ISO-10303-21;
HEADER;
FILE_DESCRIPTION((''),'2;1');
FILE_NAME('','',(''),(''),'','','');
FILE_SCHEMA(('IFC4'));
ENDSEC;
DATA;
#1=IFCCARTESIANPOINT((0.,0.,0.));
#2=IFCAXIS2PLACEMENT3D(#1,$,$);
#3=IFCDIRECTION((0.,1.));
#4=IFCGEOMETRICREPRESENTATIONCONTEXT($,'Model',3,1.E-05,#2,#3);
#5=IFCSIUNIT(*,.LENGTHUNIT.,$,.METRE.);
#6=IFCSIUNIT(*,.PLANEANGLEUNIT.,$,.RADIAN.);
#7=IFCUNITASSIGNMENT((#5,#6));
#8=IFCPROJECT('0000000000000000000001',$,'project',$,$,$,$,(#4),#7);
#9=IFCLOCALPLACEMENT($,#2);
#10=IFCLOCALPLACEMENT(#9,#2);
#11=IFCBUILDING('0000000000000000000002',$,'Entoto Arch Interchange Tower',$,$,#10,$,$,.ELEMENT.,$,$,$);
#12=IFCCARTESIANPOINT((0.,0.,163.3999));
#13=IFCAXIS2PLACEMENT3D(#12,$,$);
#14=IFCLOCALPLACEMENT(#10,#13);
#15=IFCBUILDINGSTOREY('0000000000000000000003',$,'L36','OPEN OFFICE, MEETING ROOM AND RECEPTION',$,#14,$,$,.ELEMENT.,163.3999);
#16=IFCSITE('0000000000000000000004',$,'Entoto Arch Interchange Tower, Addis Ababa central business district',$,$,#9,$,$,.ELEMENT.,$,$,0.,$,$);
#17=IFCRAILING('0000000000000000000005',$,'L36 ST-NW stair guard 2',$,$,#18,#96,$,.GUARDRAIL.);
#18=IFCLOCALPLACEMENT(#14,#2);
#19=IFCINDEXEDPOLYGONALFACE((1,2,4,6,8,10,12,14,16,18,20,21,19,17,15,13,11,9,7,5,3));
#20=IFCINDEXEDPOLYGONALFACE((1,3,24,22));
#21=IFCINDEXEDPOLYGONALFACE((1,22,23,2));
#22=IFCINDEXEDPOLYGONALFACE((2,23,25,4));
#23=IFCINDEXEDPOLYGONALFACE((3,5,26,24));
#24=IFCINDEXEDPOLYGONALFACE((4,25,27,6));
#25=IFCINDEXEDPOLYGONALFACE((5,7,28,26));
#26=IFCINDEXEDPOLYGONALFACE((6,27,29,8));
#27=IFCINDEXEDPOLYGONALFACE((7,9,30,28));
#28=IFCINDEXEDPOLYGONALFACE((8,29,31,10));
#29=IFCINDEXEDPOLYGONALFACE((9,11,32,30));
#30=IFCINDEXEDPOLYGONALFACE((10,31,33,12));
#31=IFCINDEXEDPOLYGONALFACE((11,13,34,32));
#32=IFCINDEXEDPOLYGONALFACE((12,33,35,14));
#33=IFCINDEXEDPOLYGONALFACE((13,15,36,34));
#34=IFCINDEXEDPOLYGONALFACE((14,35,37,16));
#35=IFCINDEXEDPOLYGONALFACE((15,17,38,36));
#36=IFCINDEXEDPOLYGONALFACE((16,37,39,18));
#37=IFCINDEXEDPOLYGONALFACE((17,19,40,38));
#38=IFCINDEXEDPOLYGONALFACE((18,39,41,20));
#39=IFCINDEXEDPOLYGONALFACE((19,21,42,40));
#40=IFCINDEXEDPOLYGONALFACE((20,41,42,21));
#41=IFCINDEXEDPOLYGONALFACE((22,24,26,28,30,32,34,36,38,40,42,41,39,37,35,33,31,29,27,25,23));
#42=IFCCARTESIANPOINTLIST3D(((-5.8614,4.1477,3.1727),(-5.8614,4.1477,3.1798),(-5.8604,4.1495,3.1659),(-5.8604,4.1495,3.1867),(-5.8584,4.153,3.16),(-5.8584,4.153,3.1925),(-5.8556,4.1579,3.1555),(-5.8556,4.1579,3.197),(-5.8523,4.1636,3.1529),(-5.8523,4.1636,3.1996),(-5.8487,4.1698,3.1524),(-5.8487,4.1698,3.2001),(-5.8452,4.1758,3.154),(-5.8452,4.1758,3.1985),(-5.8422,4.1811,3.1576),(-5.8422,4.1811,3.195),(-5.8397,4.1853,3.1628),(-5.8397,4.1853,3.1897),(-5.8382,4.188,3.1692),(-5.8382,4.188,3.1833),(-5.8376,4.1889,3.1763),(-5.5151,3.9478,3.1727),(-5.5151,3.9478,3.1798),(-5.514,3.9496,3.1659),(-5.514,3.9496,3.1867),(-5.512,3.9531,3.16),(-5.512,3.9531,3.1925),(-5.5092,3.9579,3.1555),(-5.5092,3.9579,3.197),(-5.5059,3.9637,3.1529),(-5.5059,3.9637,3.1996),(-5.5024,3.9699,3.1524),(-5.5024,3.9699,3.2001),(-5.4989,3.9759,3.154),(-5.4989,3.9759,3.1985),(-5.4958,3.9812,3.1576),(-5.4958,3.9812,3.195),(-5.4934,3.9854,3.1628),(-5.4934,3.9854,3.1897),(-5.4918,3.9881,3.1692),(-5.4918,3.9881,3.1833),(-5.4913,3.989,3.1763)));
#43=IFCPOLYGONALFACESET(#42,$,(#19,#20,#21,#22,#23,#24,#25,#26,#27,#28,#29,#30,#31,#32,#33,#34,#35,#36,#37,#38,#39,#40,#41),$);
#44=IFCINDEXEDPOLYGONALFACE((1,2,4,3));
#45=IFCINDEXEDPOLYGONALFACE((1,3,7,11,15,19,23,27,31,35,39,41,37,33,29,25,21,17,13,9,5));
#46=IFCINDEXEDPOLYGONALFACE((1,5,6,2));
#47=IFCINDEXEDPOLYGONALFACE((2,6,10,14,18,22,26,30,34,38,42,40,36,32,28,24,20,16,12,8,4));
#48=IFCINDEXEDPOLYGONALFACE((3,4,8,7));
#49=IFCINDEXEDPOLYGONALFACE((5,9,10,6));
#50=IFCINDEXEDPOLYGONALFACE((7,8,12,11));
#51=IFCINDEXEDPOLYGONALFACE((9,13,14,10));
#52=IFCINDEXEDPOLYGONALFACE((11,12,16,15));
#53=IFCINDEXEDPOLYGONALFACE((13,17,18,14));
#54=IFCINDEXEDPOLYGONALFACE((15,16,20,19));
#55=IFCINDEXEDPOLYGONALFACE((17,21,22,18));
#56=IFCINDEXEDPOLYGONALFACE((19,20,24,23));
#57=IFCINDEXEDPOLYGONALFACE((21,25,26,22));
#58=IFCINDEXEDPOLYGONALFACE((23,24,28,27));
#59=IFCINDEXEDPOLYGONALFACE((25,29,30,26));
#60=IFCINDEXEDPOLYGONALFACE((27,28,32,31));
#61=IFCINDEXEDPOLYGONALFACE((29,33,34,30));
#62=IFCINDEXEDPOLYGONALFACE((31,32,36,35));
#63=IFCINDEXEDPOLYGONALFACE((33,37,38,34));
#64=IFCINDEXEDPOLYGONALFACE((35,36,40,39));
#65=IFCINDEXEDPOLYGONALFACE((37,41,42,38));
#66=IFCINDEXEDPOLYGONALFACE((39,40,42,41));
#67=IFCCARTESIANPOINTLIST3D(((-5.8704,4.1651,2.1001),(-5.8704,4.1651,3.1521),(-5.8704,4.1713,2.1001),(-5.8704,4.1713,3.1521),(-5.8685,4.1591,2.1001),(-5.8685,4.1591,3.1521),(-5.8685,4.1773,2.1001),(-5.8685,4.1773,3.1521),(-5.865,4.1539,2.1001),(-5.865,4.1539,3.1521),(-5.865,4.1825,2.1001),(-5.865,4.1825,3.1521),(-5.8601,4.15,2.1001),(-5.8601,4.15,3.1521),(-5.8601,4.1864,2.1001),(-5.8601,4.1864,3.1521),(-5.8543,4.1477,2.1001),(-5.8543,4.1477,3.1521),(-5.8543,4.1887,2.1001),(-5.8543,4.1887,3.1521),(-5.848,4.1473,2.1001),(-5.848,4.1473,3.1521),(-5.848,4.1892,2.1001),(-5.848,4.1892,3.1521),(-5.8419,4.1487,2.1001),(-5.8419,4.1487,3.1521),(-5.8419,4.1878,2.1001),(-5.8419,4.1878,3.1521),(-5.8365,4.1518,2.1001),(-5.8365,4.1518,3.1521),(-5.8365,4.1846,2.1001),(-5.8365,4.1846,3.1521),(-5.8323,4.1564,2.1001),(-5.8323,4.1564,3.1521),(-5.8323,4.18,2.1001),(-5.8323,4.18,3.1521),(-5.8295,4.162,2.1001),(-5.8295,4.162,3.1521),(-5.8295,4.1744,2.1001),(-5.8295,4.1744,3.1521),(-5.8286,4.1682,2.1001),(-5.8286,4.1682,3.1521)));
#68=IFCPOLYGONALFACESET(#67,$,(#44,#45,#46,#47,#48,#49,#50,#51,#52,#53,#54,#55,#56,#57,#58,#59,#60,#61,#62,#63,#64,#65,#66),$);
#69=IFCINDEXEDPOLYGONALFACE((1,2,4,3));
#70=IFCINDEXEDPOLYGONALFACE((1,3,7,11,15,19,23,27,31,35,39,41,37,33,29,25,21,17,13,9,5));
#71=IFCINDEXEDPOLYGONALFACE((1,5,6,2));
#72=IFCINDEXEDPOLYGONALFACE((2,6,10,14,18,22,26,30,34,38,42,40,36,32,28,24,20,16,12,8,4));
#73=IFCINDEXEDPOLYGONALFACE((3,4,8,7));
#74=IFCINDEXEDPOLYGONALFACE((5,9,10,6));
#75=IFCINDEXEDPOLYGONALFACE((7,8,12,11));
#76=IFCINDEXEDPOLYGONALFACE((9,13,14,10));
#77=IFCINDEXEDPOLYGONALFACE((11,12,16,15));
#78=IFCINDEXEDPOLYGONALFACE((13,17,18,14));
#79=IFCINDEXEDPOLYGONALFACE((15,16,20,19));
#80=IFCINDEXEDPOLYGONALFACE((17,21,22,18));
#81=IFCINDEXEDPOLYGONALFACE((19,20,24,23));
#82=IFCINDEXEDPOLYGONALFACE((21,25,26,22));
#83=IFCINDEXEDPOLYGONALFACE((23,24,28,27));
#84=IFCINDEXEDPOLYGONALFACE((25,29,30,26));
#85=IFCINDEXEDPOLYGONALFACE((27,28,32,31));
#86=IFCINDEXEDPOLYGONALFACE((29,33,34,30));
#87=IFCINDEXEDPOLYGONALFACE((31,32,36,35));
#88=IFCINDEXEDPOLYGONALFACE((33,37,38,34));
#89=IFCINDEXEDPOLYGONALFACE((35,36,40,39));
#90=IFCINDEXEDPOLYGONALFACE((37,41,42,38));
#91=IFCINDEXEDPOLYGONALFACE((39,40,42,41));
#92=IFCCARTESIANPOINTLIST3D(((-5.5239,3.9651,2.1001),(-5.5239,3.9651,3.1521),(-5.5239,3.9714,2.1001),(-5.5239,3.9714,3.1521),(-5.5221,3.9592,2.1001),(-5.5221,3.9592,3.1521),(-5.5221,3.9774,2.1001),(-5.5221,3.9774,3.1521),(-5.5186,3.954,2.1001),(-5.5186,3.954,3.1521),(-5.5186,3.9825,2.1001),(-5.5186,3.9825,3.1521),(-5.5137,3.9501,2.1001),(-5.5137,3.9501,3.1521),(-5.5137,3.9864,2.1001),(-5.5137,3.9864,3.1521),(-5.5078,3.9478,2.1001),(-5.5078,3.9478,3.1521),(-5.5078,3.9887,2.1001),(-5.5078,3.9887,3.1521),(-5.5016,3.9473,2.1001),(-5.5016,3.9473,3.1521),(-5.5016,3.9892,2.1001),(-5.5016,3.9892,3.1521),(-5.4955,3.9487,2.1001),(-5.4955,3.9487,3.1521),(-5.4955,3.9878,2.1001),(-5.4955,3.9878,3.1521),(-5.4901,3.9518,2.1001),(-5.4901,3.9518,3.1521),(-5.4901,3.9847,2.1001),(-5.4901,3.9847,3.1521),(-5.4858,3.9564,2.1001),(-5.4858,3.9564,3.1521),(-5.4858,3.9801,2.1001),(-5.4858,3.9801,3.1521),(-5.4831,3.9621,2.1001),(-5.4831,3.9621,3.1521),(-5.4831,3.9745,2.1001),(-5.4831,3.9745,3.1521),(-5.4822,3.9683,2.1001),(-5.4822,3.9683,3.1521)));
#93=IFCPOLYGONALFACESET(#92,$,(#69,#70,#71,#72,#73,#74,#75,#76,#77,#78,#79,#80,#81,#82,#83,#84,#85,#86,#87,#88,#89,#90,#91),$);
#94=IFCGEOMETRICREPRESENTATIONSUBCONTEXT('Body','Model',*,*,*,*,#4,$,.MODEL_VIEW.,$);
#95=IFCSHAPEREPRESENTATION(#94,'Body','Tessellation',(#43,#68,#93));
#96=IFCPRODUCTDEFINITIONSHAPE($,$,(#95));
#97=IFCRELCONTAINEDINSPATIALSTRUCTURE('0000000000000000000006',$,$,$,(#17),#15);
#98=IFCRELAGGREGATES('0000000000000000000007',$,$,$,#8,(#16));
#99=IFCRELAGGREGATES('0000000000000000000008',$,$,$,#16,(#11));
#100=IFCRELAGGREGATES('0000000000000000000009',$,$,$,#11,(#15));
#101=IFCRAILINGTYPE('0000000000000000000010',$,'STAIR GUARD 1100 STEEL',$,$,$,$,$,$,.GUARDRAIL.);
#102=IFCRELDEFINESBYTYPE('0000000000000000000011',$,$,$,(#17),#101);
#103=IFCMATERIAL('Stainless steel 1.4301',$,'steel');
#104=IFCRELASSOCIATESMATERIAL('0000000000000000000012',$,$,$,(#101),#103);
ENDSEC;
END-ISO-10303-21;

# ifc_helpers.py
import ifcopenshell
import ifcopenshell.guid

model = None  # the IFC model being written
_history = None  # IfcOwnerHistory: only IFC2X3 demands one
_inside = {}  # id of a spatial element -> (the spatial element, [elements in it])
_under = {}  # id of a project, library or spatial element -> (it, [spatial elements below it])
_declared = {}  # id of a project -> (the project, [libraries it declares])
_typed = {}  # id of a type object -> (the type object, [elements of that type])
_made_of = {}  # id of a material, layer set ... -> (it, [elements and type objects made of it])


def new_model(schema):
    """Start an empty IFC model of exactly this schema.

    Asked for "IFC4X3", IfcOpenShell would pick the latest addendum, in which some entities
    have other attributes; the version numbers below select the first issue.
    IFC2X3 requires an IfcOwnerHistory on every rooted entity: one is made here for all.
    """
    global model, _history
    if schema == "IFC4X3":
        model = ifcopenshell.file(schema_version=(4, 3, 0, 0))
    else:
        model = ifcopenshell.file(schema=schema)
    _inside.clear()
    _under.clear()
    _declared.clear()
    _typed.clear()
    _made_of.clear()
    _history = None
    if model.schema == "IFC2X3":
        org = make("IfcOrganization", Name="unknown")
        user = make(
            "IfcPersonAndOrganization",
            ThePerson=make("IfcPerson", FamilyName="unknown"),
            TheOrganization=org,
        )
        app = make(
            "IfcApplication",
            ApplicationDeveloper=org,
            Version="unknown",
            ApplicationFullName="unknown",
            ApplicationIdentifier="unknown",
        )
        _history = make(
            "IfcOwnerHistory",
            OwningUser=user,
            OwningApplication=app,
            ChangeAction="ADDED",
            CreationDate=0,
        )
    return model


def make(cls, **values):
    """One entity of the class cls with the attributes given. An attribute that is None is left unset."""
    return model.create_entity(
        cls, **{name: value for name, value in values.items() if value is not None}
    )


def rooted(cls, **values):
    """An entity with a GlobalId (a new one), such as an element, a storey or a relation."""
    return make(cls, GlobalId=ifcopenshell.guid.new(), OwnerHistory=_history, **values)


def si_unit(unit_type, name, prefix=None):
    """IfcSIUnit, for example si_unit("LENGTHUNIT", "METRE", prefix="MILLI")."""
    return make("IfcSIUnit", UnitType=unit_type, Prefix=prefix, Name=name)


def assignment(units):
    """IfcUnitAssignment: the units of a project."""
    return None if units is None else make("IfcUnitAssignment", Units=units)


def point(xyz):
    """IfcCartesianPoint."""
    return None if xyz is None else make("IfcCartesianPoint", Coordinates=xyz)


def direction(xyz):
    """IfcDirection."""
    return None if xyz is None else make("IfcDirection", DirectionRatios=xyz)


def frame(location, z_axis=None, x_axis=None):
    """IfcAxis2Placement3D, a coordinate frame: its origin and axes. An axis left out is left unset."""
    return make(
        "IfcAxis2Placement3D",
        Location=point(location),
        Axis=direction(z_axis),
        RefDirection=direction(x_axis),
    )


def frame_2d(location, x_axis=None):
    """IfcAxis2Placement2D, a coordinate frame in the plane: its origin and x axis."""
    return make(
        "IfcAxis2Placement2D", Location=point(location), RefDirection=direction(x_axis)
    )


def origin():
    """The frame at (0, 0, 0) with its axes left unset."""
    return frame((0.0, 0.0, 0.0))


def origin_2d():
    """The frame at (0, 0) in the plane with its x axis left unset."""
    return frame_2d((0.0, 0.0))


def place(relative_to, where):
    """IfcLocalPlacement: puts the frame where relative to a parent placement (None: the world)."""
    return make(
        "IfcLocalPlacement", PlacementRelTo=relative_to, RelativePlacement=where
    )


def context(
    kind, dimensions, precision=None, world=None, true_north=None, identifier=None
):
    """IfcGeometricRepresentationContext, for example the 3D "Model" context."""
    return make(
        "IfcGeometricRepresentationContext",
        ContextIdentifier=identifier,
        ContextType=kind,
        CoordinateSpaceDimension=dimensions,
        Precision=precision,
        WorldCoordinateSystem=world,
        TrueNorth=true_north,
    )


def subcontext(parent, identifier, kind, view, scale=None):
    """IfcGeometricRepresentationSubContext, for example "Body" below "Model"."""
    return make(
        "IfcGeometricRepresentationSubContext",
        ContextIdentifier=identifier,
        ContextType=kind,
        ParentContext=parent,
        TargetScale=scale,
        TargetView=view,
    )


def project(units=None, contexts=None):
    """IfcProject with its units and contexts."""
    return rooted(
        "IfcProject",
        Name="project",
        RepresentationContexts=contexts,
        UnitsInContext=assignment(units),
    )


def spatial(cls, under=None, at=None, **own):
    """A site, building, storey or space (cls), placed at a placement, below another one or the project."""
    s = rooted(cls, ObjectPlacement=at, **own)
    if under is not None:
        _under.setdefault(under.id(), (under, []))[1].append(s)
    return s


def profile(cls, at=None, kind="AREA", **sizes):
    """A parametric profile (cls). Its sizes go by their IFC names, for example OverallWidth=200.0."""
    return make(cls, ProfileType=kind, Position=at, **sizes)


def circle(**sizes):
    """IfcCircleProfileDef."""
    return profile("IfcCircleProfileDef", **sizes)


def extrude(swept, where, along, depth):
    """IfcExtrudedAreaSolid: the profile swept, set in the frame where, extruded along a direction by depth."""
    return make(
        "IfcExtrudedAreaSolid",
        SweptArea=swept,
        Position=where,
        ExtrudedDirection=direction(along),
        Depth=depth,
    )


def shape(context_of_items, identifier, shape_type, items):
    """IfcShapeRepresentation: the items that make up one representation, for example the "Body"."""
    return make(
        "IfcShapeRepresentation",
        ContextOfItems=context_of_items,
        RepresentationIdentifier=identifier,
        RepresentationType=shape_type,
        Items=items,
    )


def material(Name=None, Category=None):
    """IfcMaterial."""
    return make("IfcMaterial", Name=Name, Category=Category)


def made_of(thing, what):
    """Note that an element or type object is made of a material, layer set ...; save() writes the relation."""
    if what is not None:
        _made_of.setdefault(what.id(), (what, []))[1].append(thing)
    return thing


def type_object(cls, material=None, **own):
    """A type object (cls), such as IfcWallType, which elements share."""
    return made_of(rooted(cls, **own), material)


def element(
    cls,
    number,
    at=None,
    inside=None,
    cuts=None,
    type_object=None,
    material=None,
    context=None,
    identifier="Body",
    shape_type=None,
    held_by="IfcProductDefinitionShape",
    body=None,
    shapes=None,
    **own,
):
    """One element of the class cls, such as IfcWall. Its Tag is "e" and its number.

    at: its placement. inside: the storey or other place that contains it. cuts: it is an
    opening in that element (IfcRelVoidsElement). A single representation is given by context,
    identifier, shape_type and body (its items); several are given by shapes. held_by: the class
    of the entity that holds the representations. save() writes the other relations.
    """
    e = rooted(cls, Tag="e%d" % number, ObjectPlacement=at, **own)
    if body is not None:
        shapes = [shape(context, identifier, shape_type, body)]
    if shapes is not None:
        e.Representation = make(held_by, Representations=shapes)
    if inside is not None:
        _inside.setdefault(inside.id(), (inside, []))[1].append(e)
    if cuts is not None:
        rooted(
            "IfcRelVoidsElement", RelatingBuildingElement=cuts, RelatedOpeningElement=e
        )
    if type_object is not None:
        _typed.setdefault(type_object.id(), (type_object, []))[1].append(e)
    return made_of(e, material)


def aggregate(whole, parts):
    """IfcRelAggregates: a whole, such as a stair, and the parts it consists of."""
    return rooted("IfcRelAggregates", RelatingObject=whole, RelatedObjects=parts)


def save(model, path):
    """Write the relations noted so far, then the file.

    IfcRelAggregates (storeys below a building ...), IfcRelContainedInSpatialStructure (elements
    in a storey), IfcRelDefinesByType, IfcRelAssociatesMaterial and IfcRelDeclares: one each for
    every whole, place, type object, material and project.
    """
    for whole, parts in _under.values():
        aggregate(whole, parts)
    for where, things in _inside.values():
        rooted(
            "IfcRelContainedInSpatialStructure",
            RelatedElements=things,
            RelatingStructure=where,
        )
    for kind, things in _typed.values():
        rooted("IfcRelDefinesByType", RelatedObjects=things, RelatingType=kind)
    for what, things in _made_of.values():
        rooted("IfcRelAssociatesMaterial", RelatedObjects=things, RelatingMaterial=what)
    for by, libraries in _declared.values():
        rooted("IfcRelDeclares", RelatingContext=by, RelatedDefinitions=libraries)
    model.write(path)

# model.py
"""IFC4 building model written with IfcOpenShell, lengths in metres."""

from ifc_helpers import new_model, si_unit, direction, frame, origin, origin_2d, place, context, subcontext, project, spatial, circle, extrude, material, type_object, element, save


model = new_model("IFC4")

# Units and contexts
model_context = context("Model", 3, precision=1e-05, world=origin(), true_north=direction((0.0, 1.0)))
body_context = subcontext(model_context, "Body", "Model", "MODEL_VIEW")
ifc_project = project(units=[si_unit("LENGTHUNIT", "METRE"), si_unit("PLANEANGLEUNIT", "RADIAN")], contexts=[model_context])

# Site, building, storey
site_placement = place(None, origin())
site = spatial("IfcSite", under=ifc_project, at=site_placement, Name="Entoto Arch Interchange Tower, Addis Ababa central business district", CompositionType="ELEMENT", RefElevation=0.0)
building_placement = place(site_placement, origin())
building = spatial("IfcBuilding", under=site, at=building_placement, Name="Entoto Arch Interchange Tower", CompositionType="ELEMENT")
storey_placement = place(building_placement, frame((0.0, 0.0, 163.3999)))
storey = spatial("IfcBuildingStorey", under=building, at=storey_placement, Name="L36", Description="OPEN OFFICE, MEETING ROOM AND RECEPTION", CompositionType="ELEMENT", Elevation=163.3999)

# Railing
ifc_material_1 = material(Name="Stainless steel 1.4301", Category="steel")
railing_type = type_object("IfcRailingType", Name="STAIR GUARD 1100 STEEL", PredefinedType="GUARDRAIL", material=ifc_material_1)
railing_1_placement = place(storey_placement, frame((-5.8496, 4.1682, 2.1001)))
element("IfcRailing", 1, at=railing_1_placement, inside=storey, type_object=railing_type, Name="L36 ST-NW stair guard 2", PredefinedType="GUARDRAIL", context=body_context, shape_type="SweptSolid", body=[
    extrude(circle(Radius=0.0239, at=origin_2d()), frame((0.0, 0.0, 1.0762), z_axis=(0.866094, -0.499881, 0.0), x_axis=(0.499881, 0.866094, 0.0)), (0.0, 0.0, 1.0), 0.3999),
    extrude(circle(Radius=0.021, at=origin_2d()), origin(), (0.0, 0.0, 1.0), 1.052),
    extrude(circle(Radius=0.021, at=origin_2d()), frame((0.3464, -0.2, 0.0)), (0.0, 0.0, 1.0), 1.052),
])

save(model, "model.ifc")
